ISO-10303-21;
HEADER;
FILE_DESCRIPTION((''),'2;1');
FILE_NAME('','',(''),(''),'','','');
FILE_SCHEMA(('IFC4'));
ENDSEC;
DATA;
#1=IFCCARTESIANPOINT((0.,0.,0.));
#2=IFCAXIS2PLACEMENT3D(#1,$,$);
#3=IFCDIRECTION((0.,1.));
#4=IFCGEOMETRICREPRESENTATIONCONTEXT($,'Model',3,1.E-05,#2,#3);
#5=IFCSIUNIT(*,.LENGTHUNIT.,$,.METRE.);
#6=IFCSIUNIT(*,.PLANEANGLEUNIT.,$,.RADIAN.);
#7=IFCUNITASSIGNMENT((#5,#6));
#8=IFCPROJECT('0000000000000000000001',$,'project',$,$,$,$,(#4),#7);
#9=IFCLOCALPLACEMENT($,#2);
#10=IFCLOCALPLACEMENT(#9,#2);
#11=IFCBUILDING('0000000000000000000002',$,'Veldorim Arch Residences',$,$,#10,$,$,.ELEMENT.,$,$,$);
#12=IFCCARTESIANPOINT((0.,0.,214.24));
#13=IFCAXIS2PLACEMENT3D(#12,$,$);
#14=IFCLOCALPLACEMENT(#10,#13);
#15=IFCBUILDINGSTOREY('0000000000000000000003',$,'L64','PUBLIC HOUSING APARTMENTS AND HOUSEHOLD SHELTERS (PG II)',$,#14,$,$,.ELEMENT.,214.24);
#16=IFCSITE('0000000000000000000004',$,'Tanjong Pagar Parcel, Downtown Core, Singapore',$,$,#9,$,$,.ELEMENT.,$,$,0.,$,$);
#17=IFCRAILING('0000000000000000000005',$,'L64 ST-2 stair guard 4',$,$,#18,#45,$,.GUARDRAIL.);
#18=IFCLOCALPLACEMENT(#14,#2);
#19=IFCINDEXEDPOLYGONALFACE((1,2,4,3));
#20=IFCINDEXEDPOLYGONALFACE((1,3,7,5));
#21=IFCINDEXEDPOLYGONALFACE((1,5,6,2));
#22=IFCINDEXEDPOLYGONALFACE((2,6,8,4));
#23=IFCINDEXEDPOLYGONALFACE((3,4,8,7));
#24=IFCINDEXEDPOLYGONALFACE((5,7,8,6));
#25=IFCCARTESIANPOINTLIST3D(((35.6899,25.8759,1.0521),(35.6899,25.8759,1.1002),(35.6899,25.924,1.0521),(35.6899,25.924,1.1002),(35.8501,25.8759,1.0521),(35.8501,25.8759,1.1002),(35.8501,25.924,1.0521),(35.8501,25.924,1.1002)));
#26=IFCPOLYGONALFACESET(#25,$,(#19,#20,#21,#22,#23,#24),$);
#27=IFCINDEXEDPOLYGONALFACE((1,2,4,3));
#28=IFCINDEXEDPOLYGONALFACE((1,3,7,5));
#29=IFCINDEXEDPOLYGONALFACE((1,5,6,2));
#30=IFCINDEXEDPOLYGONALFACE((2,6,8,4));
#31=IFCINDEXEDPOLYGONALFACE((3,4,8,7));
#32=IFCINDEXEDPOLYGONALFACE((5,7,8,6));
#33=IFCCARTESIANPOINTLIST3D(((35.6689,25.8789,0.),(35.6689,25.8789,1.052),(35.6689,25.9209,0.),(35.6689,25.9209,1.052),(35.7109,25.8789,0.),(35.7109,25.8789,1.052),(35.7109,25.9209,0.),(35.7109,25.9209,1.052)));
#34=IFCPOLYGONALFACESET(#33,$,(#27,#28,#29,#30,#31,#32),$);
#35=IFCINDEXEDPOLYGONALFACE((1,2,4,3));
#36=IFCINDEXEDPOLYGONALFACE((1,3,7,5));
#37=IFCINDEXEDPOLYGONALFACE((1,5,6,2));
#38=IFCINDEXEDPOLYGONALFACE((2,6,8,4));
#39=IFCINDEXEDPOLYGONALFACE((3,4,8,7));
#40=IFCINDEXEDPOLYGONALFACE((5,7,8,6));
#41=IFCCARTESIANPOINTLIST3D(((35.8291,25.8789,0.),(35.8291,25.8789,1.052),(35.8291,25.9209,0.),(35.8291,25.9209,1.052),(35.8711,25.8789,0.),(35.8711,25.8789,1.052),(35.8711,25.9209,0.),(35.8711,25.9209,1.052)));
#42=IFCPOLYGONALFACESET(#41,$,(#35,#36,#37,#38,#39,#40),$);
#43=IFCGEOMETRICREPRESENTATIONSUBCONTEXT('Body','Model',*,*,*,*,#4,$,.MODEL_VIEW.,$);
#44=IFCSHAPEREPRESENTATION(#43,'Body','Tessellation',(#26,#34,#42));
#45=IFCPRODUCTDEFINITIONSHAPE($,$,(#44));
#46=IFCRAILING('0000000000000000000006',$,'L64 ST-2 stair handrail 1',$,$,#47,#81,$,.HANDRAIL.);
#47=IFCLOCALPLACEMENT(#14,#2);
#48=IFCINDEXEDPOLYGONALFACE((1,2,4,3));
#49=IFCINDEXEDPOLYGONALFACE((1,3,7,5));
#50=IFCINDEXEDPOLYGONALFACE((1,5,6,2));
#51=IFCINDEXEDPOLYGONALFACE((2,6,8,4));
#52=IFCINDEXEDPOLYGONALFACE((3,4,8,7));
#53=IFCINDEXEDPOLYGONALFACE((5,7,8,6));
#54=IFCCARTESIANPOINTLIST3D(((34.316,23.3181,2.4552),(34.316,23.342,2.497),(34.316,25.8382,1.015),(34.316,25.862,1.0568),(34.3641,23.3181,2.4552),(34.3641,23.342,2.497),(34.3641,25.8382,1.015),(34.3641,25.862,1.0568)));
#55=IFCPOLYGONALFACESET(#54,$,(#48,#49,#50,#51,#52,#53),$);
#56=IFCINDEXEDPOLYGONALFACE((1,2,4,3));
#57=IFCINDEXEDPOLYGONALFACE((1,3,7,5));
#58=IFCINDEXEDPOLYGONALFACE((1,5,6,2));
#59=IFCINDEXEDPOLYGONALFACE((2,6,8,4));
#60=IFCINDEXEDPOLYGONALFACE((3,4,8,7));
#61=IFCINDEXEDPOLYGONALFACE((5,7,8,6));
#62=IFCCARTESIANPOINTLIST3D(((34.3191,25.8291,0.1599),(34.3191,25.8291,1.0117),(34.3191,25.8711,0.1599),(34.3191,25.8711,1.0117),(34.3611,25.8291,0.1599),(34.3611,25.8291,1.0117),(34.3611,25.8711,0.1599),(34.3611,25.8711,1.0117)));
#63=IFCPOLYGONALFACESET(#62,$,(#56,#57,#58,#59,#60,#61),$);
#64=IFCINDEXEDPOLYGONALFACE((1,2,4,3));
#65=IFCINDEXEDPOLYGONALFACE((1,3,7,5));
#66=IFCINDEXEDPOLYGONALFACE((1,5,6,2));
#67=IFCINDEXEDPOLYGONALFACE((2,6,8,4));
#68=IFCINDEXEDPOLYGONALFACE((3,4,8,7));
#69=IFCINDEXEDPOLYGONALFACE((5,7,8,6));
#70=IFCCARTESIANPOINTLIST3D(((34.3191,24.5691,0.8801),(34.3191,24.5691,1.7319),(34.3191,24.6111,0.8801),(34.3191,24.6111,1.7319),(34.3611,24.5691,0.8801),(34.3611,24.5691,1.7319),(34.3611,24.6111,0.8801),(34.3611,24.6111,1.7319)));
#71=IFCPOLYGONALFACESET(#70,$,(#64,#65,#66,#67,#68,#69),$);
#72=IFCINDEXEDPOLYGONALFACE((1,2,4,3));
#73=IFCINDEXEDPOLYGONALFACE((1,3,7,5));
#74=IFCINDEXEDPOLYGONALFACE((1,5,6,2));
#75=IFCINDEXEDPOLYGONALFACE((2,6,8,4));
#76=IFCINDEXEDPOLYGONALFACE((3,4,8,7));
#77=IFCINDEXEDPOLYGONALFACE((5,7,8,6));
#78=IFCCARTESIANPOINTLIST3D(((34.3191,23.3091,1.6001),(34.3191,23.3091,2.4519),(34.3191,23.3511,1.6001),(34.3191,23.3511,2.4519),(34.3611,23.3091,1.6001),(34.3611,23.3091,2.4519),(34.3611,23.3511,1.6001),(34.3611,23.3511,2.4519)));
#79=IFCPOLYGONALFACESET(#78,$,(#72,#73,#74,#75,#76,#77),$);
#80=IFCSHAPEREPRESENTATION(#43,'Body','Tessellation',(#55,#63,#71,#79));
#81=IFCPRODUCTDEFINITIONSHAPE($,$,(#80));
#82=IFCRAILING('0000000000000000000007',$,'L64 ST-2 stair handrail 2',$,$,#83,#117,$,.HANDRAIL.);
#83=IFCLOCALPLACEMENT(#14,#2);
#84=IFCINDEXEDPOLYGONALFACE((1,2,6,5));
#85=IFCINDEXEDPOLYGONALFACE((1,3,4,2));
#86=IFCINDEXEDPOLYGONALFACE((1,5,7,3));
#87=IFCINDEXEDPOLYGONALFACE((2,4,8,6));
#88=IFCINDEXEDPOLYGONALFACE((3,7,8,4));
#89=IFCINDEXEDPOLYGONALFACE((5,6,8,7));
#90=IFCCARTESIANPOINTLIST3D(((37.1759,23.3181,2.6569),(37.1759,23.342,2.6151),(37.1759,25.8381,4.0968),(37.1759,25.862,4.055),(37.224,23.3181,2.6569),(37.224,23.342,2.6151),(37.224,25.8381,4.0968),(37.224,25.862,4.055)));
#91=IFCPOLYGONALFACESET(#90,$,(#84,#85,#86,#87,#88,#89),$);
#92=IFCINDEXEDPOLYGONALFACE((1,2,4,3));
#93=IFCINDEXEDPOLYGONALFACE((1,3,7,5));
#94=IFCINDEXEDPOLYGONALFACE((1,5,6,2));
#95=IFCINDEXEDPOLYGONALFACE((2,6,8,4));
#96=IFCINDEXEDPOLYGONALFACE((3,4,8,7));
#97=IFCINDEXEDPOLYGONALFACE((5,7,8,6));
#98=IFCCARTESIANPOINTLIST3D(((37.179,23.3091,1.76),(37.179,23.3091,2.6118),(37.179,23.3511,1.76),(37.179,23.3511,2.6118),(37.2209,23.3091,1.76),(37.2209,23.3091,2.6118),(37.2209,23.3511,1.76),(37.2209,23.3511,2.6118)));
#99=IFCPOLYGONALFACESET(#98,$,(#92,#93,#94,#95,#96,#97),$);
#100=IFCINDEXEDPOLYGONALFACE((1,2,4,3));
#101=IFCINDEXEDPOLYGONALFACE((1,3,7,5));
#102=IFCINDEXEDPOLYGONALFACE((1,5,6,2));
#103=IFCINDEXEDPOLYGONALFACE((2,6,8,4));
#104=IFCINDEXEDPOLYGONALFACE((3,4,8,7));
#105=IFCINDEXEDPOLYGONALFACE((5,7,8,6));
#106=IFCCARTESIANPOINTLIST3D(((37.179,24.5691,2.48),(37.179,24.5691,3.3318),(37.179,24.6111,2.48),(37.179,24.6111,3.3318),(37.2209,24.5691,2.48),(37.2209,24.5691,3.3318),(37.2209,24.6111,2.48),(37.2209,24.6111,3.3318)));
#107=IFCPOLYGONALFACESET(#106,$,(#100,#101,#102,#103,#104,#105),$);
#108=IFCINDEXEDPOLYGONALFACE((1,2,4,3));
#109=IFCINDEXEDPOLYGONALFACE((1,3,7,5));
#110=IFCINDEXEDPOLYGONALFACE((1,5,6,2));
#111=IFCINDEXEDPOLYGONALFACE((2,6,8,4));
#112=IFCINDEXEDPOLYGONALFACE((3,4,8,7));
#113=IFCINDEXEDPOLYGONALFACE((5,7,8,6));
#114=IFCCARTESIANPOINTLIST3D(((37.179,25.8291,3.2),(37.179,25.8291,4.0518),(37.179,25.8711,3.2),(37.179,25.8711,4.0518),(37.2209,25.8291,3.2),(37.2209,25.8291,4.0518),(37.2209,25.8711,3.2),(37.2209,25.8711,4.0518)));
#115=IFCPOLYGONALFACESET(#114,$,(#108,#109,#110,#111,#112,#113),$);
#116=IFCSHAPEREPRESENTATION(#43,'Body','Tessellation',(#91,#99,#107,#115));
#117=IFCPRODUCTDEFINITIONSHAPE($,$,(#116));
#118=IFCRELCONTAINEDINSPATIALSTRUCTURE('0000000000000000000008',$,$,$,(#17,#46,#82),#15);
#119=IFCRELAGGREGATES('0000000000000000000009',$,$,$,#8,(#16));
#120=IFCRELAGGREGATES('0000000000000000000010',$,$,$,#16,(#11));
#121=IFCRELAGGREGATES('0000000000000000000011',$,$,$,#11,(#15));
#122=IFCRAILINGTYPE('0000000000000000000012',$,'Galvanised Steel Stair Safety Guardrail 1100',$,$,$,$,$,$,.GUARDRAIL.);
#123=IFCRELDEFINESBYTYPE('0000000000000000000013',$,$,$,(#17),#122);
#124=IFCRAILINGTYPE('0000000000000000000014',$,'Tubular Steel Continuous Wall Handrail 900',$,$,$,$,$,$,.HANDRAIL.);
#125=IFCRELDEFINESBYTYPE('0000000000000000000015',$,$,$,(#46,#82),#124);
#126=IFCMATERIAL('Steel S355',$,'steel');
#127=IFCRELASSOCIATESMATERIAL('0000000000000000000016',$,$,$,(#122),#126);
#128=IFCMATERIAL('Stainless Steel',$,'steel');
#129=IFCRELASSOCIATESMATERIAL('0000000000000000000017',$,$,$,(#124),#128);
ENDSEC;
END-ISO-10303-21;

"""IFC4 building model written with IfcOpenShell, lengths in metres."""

from ifc_helpers import new_model, si_unit, direction, frame, origin, origin_2d, place, context, subcontext, project, spatial, rectangle, extrude, material, type_object, element, save


model = new_model("IFC4")

# Units and contexts
model_context = context("Model", 3, precision=1e-05, world=origin(), true_north=direction((0.0, 1.0)))
body_context = subcontext(model_context, "Body", "Model", "MODEL_VIEW")
ifc_project = project(units=[si_unit("LENGTHUNIT", "METRE"), si_unit("PLANEANGLEUNIT", "RADIAN")], contexts=[model_context])

# Site, building, storey
site_placement = place(None, origin())
site = spatial("IfcSite", under=ifc_project, at=site_placement, Name="Tanjong Pagar Parcel, Downtown Core, Singapore", CompositionType="ELEMENT", RefElevation=0.0)
building_placement = place(site_placement, origin())
building = spatial("IfcBuilding", under=site, at=building_placement, Name="Veldorim Arch Residences", CompositionType="ELEMENT")
storey_placement = place(building_placement, frame((0.0, 0.0, 214.24)))
storey = spatial("IfcBuildingStorey", under=building, at=storey_placement, Name="L64", Description="PUBLIC HOUSING APARTMENTS AND HOUSEHOLD SHELTERS (PG II)", CompositionType="ELEMENT", Elevation=214.24)

# Railings
ifc_material_1 = material(Name="Steel S355", Category="steel")
railing_type_1 = type_object("IfcRailingType", Name="Galvanised Steel Stair Safety Guardrail 1100", PredefinedType="GUARDRAIL", material=ifc_material_1)
railing_1_placement = place(storey_placement, frame((35.6899, 25.8999, 0.0)))
element("IfcRailing", 1, at=railing_1_placement, inside=storey, type_object=railing_type_1, Name="L64 ST-2 stair guard 4", PredefinedType="GUARDRAIL", context=body_context, shape_type="SweptSolid", body=[
    extrude(rectangle(XDim=0.0481, YDim=0.0481, at=origin_2d()), frame((0.0, 0.0, 1.0762), z_axis=(1.0, 0.0, 0.0), x_axis=(0.0, 1.0, 0.0)), (0.0, 0.0, 1.0), 0.1602),
    extrude(rectangle(XDim=0.042, YDim=0.042, at=origin_2d()), origin(), (0.0, 0.0, 1.0), 1.052),
    extrude(rectangle(XDim=0.042, YDim=0.042, at=origin_2d()), frame((0.1602, 0.0, 0.0)), (0.0, 0.0, 1.0), 1.052),
])
ifc_material_2 = material(Name="Stainless Steel", Category="steel")
railing_type_2 = type_object("IfcRailingType", Name="Tubular Steel Continuous Wall Handrail 900", PredefinedType="HANDRAIL", material=ifc_material_2)
railing_2_placement = place(storey_placement, frame((34.3401, 25.8501, 0.1599)))
element("IfcRailing", 2, at=railing_2_placement, inside=storey, type_object=railing_type_2, Name="L64 ST-2 stair handrail 1", PredefinedType="HANDRAIL", context=body_context, shape_type="SweptSolid", body=[
    extrude(rectangle(XDim=0.0481, YDim=0.0481, at=origin_2d()), frame((0.0, 0.0, 0.876), z_axis=(0.0, -0.868217, 0.496184), x_axis=(1.0, 0.0, 0.0)), (0.0, 0.0, 1.0), 2.9026),
    extrude(rectangle(XDim=0.042, YDim=0.042, at=origin_2d()), origin(), (0.0, 0.0, 1.0), 0.8518),
    extrude(rectangle(XDim=0.042, YDim=0.042, at=origin_2d()), frame((0.0, -1.26, 0.7202)), (0.0, 0.0, 1.0), 0.8518),
    extrude(rectangle(XDim=0.042, YDim=0.042, at=origin_2d()), frame((0.0, -2.52, 1.4402)), (0.0, 0.0, 1.0), 0.8518),
])
railing_3_placement = place(storey_placement, frame((37.2, 23.3301, 1.76)))
element("IfcRailing", 3, at=railing_3_placement, inside=storey, type_object=railing_type_2, Name="L64 ST-2 stair handrail 2", PredefinedType="HANDRAIL", context=body_context, shape_type="SweptSolid", body=[
    extrude(rectangle(XDim=0.0481, YDim=0.0481, at=origin_2d()), frame((0.0, 0.0, 0.876), z_axis=(0.0, 0.868253, 0.496121), x_axis=(-1.0, 0.0, 0.0)), (0.0, 0.0, 1.0), 2.9023),
    extrude(rectangle(XDim=0.042, YDim=0.042, at=origin_2d()), origin(), (0.0, 0.0, 1.0), 0.8518),
    extrude(rectangle(XDim=0.042, YDim=0.042, at=origin_2d()), frame((0.0, 1.26, 0.72)), (0.0, 0.0, 1.0), 0.8518),
    extrude(rectangle(XDim=0.042, YDim=0.042, at=origin_2d()), frame((0.0, 2.52, 1.4399)), (0.0, 0.0, 1.0), 0.8518),
])

save(model, "model.ifc")
